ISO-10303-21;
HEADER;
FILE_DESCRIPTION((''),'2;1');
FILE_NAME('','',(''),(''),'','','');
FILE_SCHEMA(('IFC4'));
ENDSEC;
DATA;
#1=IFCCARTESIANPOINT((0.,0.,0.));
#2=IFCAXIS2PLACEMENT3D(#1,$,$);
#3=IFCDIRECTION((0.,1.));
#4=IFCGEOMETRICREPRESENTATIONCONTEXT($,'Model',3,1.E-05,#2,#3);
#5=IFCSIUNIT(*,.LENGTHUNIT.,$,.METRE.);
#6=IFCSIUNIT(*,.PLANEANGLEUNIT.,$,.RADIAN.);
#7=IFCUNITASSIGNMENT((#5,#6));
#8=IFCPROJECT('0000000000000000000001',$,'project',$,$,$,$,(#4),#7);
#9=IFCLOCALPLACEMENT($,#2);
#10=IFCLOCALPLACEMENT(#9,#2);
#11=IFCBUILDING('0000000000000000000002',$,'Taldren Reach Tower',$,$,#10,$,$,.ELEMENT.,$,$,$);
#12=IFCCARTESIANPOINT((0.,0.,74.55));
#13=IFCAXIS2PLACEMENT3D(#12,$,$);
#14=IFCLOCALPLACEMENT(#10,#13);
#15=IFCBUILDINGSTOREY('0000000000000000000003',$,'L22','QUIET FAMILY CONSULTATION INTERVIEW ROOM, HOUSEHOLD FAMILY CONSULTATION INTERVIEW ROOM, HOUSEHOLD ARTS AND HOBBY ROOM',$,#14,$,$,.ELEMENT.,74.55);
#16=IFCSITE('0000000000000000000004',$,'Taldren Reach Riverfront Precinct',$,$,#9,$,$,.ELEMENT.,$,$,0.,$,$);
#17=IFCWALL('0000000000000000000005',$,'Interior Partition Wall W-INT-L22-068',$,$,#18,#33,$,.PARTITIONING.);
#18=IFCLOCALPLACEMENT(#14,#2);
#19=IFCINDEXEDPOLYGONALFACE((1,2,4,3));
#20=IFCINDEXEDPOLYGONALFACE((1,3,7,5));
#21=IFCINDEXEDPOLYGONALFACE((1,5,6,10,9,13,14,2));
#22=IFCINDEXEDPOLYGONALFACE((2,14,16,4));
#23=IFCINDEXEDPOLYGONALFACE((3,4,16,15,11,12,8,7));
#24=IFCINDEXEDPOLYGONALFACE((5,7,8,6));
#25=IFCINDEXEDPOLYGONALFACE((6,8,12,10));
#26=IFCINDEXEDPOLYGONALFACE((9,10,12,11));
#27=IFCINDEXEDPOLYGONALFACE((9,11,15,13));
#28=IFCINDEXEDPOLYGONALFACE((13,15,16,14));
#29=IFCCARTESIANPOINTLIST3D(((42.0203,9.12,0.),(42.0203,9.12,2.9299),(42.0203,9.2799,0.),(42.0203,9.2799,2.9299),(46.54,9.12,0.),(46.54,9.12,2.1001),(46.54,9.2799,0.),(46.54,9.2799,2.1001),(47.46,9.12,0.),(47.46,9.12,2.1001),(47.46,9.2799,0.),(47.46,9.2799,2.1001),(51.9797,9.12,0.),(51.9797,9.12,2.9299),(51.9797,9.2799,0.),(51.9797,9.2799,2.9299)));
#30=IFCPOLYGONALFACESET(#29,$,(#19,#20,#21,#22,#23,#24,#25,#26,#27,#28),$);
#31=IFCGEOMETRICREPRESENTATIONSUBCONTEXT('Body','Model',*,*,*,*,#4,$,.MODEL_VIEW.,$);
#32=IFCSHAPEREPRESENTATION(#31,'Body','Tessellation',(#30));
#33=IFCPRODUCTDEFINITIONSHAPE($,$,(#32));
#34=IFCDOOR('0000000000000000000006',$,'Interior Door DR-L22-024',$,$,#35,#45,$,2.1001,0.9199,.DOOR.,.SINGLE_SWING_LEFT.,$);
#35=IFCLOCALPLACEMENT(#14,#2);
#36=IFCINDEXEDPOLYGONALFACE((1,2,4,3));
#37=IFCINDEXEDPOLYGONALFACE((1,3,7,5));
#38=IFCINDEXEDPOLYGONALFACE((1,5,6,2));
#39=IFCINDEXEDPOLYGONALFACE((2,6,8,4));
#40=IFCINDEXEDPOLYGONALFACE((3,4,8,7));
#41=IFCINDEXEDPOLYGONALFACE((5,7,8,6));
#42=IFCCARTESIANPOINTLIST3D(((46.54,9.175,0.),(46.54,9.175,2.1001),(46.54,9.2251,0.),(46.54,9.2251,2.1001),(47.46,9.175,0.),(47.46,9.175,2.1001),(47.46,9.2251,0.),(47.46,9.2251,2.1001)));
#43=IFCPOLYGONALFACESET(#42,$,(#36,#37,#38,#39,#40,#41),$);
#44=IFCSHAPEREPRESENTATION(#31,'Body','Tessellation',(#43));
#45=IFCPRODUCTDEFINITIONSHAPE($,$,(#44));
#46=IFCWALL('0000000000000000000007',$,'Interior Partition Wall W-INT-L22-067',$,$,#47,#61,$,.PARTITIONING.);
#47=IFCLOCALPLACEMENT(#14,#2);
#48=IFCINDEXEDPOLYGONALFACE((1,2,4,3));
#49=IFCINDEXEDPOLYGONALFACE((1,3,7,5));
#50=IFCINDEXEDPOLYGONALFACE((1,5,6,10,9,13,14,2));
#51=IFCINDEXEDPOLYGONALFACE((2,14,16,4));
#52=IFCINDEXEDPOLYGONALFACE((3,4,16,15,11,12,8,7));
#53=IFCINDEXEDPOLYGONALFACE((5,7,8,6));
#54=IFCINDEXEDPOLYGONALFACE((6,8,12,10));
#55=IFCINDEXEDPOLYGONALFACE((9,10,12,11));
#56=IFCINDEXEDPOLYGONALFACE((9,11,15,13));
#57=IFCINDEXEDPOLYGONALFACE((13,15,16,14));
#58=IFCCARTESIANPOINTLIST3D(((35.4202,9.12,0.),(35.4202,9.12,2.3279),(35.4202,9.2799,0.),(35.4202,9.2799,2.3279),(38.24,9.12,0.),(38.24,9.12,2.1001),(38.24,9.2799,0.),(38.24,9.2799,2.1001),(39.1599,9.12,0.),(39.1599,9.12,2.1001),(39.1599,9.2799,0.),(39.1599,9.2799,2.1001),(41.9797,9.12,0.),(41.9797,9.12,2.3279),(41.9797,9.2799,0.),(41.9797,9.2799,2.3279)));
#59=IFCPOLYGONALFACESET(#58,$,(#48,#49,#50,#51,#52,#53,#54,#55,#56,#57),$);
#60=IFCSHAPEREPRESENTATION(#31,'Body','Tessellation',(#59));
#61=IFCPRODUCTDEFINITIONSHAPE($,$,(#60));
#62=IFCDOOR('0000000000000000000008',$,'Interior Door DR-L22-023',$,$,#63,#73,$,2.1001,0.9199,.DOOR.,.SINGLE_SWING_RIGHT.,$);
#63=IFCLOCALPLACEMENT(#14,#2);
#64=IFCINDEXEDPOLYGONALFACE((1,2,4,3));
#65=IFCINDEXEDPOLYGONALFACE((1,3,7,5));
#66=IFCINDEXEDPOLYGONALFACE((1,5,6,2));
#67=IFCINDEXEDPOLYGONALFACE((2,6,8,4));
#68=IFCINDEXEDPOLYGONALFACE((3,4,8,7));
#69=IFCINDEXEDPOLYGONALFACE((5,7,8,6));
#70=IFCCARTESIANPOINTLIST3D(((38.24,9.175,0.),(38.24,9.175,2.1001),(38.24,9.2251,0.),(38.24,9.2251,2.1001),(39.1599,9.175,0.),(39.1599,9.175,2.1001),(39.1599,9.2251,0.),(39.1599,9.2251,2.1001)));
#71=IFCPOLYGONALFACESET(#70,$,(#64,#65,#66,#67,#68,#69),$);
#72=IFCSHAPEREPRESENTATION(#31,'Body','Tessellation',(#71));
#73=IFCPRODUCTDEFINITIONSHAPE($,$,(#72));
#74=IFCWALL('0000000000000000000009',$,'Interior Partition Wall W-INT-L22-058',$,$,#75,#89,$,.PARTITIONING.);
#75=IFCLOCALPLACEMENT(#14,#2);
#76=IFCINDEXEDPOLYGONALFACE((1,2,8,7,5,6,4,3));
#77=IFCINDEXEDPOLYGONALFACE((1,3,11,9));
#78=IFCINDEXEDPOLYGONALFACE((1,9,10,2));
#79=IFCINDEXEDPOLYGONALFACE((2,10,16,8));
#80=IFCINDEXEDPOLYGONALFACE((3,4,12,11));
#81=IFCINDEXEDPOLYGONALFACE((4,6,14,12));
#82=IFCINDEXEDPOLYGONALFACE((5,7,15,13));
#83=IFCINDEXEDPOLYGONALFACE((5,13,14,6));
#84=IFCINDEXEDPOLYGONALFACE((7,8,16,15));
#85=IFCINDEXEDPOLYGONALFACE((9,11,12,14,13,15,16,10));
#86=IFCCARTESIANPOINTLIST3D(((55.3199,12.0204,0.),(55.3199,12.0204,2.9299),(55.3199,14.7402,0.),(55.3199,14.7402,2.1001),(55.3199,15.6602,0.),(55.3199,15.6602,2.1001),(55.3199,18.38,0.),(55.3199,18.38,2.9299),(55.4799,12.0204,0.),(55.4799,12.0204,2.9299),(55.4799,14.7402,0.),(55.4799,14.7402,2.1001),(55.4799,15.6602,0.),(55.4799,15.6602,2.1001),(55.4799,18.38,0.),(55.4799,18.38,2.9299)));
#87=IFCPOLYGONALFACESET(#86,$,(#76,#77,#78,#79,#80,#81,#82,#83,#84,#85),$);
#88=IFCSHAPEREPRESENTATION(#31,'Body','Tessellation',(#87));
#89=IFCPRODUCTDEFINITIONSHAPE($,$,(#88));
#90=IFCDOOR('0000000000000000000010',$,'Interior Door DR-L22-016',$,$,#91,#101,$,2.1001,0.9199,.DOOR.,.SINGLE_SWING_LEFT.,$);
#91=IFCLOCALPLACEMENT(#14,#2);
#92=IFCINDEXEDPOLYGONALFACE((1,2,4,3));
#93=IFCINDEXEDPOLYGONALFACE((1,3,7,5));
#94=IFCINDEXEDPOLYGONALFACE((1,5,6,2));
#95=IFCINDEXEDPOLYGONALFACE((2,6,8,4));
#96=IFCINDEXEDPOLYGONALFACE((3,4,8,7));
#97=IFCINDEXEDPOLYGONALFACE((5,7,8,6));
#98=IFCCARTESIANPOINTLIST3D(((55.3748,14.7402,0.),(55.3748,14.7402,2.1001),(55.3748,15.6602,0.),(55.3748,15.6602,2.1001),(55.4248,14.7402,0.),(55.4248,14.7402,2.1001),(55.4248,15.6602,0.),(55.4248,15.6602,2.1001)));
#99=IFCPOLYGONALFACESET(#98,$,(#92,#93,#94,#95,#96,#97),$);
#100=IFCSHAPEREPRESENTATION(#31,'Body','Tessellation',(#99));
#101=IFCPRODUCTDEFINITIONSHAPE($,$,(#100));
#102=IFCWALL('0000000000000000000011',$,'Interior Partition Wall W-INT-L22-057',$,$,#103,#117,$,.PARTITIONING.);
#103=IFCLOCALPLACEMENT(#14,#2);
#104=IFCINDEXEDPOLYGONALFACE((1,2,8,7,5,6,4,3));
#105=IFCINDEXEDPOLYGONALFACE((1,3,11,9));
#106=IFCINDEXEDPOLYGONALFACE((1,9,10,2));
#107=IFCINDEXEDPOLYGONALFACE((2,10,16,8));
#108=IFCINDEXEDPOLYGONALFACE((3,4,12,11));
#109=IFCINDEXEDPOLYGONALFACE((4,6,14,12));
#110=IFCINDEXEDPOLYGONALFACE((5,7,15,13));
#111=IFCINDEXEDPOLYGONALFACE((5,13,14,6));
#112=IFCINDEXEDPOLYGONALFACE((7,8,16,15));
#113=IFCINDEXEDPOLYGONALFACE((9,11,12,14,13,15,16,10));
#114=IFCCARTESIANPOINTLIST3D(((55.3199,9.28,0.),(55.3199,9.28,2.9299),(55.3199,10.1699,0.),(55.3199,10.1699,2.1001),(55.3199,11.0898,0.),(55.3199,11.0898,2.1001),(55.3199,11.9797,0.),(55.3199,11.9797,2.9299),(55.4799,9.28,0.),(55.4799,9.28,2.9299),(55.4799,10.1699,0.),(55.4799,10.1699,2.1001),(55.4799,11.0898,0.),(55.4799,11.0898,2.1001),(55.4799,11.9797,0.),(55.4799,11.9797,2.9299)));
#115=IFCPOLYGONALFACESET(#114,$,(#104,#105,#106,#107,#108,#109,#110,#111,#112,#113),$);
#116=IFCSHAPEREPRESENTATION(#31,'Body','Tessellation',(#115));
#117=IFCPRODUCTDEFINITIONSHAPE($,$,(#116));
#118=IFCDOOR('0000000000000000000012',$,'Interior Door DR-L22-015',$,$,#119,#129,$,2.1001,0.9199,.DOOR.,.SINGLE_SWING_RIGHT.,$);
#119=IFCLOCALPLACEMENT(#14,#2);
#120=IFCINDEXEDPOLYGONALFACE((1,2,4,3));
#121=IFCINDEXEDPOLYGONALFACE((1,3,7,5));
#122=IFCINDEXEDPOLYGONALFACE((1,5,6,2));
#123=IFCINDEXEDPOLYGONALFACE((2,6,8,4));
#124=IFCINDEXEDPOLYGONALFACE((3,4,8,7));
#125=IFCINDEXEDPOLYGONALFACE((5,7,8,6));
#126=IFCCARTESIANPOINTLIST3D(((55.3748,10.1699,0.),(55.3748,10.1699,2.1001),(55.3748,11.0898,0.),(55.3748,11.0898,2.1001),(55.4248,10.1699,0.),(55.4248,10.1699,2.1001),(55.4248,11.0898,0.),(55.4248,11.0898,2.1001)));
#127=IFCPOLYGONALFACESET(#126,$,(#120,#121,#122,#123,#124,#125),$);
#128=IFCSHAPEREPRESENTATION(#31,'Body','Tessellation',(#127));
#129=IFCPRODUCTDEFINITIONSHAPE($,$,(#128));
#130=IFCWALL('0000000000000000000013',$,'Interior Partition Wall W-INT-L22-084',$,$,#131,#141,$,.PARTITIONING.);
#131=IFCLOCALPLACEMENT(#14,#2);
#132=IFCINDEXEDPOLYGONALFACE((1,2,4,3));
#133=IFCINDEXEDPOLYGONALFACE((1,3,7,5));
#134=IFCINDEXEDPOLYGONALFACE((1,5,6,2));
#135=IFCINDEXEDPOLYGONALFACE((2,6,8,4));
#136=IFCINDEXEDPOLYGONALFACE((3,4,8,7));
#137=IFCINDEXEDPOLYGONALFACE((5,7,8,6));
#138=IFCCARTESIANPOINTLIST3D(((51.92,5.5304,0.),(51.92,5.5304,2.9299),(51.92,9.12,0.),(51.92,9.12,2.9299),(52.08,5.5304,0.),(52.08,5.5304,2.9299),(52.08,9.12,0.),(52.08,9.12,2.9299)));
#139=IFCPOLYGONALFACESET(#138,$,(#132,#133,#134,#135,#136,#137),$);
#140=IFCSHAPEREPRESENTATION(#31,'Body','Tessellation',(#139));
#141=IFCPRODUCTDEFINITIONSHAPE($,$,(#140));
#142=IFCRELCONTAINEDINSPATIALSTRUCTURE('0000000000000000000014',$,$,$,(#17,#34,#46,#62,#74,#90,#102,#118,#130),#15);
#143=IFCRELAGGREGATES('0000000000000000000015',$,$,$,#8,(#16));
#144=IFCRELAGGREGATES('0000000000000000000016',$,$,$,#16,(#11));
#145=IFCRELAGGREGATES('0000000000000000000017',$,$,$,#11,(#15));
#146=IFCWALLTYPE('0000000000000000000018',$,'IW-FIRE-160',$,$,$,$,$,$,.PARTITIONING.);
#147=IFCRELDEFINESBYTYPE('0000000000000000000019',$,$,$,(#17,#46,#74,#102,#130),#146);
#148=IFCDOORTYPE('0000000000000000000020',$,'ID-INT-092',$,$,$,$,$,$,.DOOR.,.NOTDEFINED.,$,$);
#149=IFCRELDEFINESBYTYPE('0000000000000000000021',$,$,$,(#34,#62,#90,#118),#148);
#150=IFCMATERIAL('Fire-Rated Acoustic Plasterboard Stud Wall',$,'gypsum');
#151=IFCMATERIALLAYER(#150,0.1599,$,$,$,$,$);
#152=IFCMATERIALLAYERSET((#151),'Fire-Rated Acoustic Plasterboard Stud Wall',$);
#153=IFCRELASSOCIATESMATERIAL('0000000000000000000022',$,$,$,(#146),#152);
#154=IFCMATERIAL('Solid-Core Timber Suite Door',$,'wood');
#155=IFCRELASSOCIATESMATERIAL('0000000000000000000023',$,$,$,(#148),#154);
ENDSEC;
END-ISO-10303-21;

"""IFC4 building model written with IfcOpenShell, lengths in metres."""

from ifc_helpers import new_model, si_unit, direction, frame, frame_2d, origin, place, context, subcontext, project, spatial, rectangle, extrude, source, transform, mapped, material, layer, layer_set, type_object, element, fill, save


model = new_model("IFC4")

# Units and contexts
model_context = context("Model", 3, precision=1e-05, world=origin(), true_north=direction((0.0, 1.0)))
body_context = subcontext(model_context, "Body", "Model", "MODEL_VIEW")
ifc_project = project(units=[si_unit("LENGTHUNIT", "METRE"), si_unit("PLANEANGLEUNIT", "RADIAN")], contexts=[model_context])

# Site, building, storey
site_placement = place(None, origin())
site = spatial("IfcSite", under=ifc_project, at=site_placement, Name="Taldren Reach Riverfront Precinct", CompositionType="ELEMENT", RefElevation=0.0)
building_placement = place(site_placement, origin())
building = spatial("IfcBuilding", under=site, at=building_placement, Name="Taldren Reach Tower", CompositionType="ELEMENT")
storey_placement = place(building_placement, frame((0.0, 0.0, 74.55)))
storey = spatial("IfcBuildingStorey", under=building, at=storey_placement, Name="L22", Description="QUIET FAMILY CONSULTATION INTERVIEW ROOM, HOUSEHOLD FAMILY CONSULTATION INTERVIEW ROOM, HOUSEHOLD ARTS AND HOBBY ROOM", CompositionType="ELEMENT", Elevation=74.55)

# Shared definitions
ifc_material_1 = material(Name="Fire-Rated Acoustic Plasterboard Stud Wall", Category="gypsum")
ifc_layer_1 = layer(ifc_material_1, 0.1599)
ifc_layer_set_1 = layer_set([ifc_layer_1], Name="Fire-Rated Acoustic Plasterboard Stud Wall")
wall_type_1 = type_object("IfcWallType", Name="IW-FIRE-160", PredefinedType="PARTITIONING", material=ifc_layer_set_1)

# Shared definitions
shared_shape_1 = source(origin(), body_context, "Body", "SweptSolid", [
    extrude(rectangle(XDim=0.9199, YDim=2.1001, at=frame_2d((0.46, 1.05))), frame((0.0, 0.0898, 0.0), z_axis=(0.0, -1.0, 0.0), x_axis=(1.0, 0.0, 0.0)), (0.0, 0.0, 1.0), 0.1799),
])
ifc_material_2 = material(Name="Solid-Core Timber Suite Door", Category="wood")
door_type_1 = type_object("IfcDoorType", Name="ID-INT-092", OperationType="NOTDEFINED", PredefinedType="DOOR", material=ifc_material_2)
shared_shape_2 = source(origin(), body_context, "Body", "SweptSolid", [
    extrude(rectangle(XDim=0.9199, YDim=2.1001, at=frame_2d((0.46, 1.05))), frame((0.0, 0.0249, 0.0), z_axis=(0.0, -1.0, 0.0), x_axis=(1.0, 0.0, 0.0)), (0.0, 0.0, 1.0), 0.05),
])

# Walls, openings, doors
shared_shape_3 = source(origin(), body_context, "Body", "SweptSolid", [
    extrude(rectangle(XDim=9.9595, YDim=0.1599, at=frame_2d((4.9797, 0.0))), origin(), (0.0, 0.0, 1.0), 2.9299),
])
wall_1_placement = place(storey_placement, frame((51.9797, 9.2, 0.0), z_axis=(0.0, 0.0, 1.0), x_axis=(-1.0, 0.0, 0.0)))
wall_1 = element("IfcWall", 1, at=wall_1_placement, inside=storey, type_object=wall_type_1, Name="Interior Partition Wall W-INT-L22-068", PredefinedType="PARTITIONING", context=body_context, shape_type="MappedRepresentation", body=[
    mapped(shared_shape_3, transform((0.0, 0.0, 0.0), scale=1.0)),
])
opening_1_placement = place(wall_1_placement, frame((4.5198, 0.0, 0.0)))
opening_1 = element("IfcOpeningElement", 2, at=opening_1_placement, cuts=wall_1, PredefinedType="OPENING", context=body_context, shape_type="MappedRepresentation", body=[
    mapped(shared_shape_1, transform((0.0, 0.0, 0.0), scale=1.0)),
])
door_1_placement = place(opening_1_placement, origin())
door_1 = element("IfcDoor", 3, at=door_1_placement, inside=storey, type_object=door_type_1, Name="Interior Door DR-L22-024", OperationType="SINGLE_SWING_LEFT", OverallHeight=2.1001, OverallWidth=0.9199, PredefinedType="DOOR", context=body_context, shape_type="MappedRepresentation", body=[
    mapped(shared_shape_2, transform((0.0, 0.0, 0.0), scale=1.0)),
])
fill(opening_1, door_1)
shared_shape_4 = source(origin(), body_context, "Body", "SweptSolid", [
    extrude(rectangle(XDim=6.5596, YDim=0.1599, at=frame_2d((3.2798, 0.0))), origin(), (0.0, 0.0, 1.0), 2.3279),
])
wall_2_placement = place(storey_placement, frame((41.9797, 9.2, 0.0), z_axis=(0.0, 0.0, 1.0), x_axis=(-1.0, 0.0, 0.0)))
wall_2 = element("IfcWall", 4, at=wall_2_placement, inside=storey, type_object=wall_type_1, Name="Interior Partition Wall W-INT-L22-067", PredefinedType="PARTITIONING", context=body_context, shape_type="MappedRepresentation", body=[
    mapped(shared_shape_4, transform((0.0, 0.0, 0.0), scale=1.0)),
])
opening_2_placement = place(wall_2_placement, frame((2.8198, 0.0, 0.0)))
opening_2 = element("IfcOpeningElement", 5, at=opening_2_placement, cuts=wall_2, PredefinedType="OPENING", context=body_context, shape_type="MappedRepresentation", body=[
    mapped(shared_shape_1, transform((0.0, 0.0, 0.0), scale=1.0)),
])
door_2_placement = place(opening_2_placement, origin())
door_2 = element("IfcDoor", 6, at=door_2_placement, inside=storey, type_object=door_type_1, Name="Interior Door DR-L22-023", OperationType="SINGLE_SWING_RIGHT", OverallHeight=2.1001, OverallWidth=0.9199, PredefinedType="DOOR", context=body_context, shape_type="MappedRepresentation", body=[
    mapped(shared_shape_2, transform((0.0, 0.0, 0.0), scale=1.0)),
])
fill(opening_2, door_2)
shared_shape_5 = source(origin(), body_context, "Body", "SweptSolid", [
    extrude(rectangle(XDim=6.3596, YDim=0.1599, at=frame_2d((3.1797, 0.0))), origin(), (0.0, 0.0, 1.0), 2.9299),
])
wall_3_placement = place(storey_placement, frame((55.3999, 18.3799, 0.0), z_axis=(0.0, 0.0, 1.0), x_axis=(0.0, -1.0, 0.0)))
wall_3 = element("IfcWall", 7, at=wall_3_placement, inside=storey, type_object=wall_type_1, Name="Interior Partition Wall W-INT-L22-058", PredefinedType="PARTITIONING", context=body_context, shape_type="MappedRepresentation", body=[
    mapped(shared_shape_5, transform((0.0, 0.0, 0.0), scale=1.0)),
])
opening_3_placement = place(wall_3_placement, frame((2.7197, 0.0, 0.0)))
opening_3 = element("IfcOpeningElement", 8, at=opening_3_placement, cuts=wall_3, PredefinedType="OPENING", context=body_context, shape_type="MappedRepresentation", body=[
    mapped(shared_shape_1, transform((0.0, 0.0, 0.0), scale=1.0)),
])
door_3_placement = place(opening_3_placement, origin())
door_3 = element("IfcDoor", 9, at=door_3_placement, inside=storey, type_object=door_type_1, Name="Interior Door DR-L22-016", OperationType="SINGLE_SWING_LEFT", OverallHeight=2.1001, OverallWidth=0.9199, PredefinedType="DOOR", context=body_context, shape_type="MappedRepresentation", body=[
    mapped(shared_shape_2, transform((0.0, 0.0, 0.0), scale=1.0)),
])
fill(opening_3, door_3)
shared_shape_6 = source(origin(), body_context, "Body", "SweptSolid", [
    extrude(rectangle(XDim=2.6997, YDim=0.1599, at=frame_2d((1.3499, 0.0))), origin(), (0.0, 0.0, 1.0), 2.9299),
])
wall_4_placement = place(storey_placement, frame((55.3999, 11.9797, 0.0), z_axis=(0.0, 0.0, 1.0), x_axis=(0.0, -1.0, 0.0)))
wall_4 = element("IfcWall", 10, at=wall_4_placement, inside=storey, type_object=wall_type_1, Name="Interior Partition Wall W-INT-L22-057", PredefinedType="PARTITIONING", context=body_context, shape_type="MappedRepresentation", body=[
    mapped(shared_shape_6, transform((0.0, 0.0, 0.0), scale=1.0)),
])
opening_4_placement = place(wall_4_placement, frame((0.8899, 0.0, 0.0)))
opening_4 = element("IfcOpeningElement", 11, at=opening_4_placement, cuts=wall_4, PredefinedType="OPENING", context=body_context, shape_type="MappedRepresentation", body=[
    mapped(shared_shape_1, transform((0.0, 0.0, 0.0), scale=1.0)),
])
door_4_placement = place(opening_4_placement, origin())
door_4 = element("IfcDoor", 12, at=door_4_placement, inside=storey, type_object=door_type_1, Name="Interior Door DR-L22-015", OperationType="SINGLE_SWING_RIGHT", OverallHeight=2.1001, OverallWidth=0.9199, PredefinedType="DOOR", context=body_context, shape_type="MappedRepresentation", body=[
    mapped(shared_shape_2, transform((0.0, 0.0, 0.0), scale=1.0)),
])
fill(opening_4, door_4)

# Wall
shared_shape_7 = source(origin(), body_context, "Body", "SweptSolid", [
    extrude(rectangle(XDim=3.5896, YDim=0.1599, at=frame_2d((1.7949, 0.0))), origin(), (0.0, 0.0, 1.0), 2.9299),
])
wall_5_placement = place(storey_placement, frame((52.0, 9.1201, 0.0), z_axis=(0.0, 0.0, 1.0), x_axis=(0.0, -1.0, 0.0)))
element("IfcWall", 13, at=wall_5_placement, inside=storey, type_object=wall_type_1, Name="Interior Partition Wall W-INT-L22-084", PredefinedType="PARTITIONING", context=body_context, shape_type="MappedRepresentation", body=[
    mapped(shared_shape_7, transform((0.0, 0.0, 0.0), scale=1.0)),
])

save(model, "model.ifc")
